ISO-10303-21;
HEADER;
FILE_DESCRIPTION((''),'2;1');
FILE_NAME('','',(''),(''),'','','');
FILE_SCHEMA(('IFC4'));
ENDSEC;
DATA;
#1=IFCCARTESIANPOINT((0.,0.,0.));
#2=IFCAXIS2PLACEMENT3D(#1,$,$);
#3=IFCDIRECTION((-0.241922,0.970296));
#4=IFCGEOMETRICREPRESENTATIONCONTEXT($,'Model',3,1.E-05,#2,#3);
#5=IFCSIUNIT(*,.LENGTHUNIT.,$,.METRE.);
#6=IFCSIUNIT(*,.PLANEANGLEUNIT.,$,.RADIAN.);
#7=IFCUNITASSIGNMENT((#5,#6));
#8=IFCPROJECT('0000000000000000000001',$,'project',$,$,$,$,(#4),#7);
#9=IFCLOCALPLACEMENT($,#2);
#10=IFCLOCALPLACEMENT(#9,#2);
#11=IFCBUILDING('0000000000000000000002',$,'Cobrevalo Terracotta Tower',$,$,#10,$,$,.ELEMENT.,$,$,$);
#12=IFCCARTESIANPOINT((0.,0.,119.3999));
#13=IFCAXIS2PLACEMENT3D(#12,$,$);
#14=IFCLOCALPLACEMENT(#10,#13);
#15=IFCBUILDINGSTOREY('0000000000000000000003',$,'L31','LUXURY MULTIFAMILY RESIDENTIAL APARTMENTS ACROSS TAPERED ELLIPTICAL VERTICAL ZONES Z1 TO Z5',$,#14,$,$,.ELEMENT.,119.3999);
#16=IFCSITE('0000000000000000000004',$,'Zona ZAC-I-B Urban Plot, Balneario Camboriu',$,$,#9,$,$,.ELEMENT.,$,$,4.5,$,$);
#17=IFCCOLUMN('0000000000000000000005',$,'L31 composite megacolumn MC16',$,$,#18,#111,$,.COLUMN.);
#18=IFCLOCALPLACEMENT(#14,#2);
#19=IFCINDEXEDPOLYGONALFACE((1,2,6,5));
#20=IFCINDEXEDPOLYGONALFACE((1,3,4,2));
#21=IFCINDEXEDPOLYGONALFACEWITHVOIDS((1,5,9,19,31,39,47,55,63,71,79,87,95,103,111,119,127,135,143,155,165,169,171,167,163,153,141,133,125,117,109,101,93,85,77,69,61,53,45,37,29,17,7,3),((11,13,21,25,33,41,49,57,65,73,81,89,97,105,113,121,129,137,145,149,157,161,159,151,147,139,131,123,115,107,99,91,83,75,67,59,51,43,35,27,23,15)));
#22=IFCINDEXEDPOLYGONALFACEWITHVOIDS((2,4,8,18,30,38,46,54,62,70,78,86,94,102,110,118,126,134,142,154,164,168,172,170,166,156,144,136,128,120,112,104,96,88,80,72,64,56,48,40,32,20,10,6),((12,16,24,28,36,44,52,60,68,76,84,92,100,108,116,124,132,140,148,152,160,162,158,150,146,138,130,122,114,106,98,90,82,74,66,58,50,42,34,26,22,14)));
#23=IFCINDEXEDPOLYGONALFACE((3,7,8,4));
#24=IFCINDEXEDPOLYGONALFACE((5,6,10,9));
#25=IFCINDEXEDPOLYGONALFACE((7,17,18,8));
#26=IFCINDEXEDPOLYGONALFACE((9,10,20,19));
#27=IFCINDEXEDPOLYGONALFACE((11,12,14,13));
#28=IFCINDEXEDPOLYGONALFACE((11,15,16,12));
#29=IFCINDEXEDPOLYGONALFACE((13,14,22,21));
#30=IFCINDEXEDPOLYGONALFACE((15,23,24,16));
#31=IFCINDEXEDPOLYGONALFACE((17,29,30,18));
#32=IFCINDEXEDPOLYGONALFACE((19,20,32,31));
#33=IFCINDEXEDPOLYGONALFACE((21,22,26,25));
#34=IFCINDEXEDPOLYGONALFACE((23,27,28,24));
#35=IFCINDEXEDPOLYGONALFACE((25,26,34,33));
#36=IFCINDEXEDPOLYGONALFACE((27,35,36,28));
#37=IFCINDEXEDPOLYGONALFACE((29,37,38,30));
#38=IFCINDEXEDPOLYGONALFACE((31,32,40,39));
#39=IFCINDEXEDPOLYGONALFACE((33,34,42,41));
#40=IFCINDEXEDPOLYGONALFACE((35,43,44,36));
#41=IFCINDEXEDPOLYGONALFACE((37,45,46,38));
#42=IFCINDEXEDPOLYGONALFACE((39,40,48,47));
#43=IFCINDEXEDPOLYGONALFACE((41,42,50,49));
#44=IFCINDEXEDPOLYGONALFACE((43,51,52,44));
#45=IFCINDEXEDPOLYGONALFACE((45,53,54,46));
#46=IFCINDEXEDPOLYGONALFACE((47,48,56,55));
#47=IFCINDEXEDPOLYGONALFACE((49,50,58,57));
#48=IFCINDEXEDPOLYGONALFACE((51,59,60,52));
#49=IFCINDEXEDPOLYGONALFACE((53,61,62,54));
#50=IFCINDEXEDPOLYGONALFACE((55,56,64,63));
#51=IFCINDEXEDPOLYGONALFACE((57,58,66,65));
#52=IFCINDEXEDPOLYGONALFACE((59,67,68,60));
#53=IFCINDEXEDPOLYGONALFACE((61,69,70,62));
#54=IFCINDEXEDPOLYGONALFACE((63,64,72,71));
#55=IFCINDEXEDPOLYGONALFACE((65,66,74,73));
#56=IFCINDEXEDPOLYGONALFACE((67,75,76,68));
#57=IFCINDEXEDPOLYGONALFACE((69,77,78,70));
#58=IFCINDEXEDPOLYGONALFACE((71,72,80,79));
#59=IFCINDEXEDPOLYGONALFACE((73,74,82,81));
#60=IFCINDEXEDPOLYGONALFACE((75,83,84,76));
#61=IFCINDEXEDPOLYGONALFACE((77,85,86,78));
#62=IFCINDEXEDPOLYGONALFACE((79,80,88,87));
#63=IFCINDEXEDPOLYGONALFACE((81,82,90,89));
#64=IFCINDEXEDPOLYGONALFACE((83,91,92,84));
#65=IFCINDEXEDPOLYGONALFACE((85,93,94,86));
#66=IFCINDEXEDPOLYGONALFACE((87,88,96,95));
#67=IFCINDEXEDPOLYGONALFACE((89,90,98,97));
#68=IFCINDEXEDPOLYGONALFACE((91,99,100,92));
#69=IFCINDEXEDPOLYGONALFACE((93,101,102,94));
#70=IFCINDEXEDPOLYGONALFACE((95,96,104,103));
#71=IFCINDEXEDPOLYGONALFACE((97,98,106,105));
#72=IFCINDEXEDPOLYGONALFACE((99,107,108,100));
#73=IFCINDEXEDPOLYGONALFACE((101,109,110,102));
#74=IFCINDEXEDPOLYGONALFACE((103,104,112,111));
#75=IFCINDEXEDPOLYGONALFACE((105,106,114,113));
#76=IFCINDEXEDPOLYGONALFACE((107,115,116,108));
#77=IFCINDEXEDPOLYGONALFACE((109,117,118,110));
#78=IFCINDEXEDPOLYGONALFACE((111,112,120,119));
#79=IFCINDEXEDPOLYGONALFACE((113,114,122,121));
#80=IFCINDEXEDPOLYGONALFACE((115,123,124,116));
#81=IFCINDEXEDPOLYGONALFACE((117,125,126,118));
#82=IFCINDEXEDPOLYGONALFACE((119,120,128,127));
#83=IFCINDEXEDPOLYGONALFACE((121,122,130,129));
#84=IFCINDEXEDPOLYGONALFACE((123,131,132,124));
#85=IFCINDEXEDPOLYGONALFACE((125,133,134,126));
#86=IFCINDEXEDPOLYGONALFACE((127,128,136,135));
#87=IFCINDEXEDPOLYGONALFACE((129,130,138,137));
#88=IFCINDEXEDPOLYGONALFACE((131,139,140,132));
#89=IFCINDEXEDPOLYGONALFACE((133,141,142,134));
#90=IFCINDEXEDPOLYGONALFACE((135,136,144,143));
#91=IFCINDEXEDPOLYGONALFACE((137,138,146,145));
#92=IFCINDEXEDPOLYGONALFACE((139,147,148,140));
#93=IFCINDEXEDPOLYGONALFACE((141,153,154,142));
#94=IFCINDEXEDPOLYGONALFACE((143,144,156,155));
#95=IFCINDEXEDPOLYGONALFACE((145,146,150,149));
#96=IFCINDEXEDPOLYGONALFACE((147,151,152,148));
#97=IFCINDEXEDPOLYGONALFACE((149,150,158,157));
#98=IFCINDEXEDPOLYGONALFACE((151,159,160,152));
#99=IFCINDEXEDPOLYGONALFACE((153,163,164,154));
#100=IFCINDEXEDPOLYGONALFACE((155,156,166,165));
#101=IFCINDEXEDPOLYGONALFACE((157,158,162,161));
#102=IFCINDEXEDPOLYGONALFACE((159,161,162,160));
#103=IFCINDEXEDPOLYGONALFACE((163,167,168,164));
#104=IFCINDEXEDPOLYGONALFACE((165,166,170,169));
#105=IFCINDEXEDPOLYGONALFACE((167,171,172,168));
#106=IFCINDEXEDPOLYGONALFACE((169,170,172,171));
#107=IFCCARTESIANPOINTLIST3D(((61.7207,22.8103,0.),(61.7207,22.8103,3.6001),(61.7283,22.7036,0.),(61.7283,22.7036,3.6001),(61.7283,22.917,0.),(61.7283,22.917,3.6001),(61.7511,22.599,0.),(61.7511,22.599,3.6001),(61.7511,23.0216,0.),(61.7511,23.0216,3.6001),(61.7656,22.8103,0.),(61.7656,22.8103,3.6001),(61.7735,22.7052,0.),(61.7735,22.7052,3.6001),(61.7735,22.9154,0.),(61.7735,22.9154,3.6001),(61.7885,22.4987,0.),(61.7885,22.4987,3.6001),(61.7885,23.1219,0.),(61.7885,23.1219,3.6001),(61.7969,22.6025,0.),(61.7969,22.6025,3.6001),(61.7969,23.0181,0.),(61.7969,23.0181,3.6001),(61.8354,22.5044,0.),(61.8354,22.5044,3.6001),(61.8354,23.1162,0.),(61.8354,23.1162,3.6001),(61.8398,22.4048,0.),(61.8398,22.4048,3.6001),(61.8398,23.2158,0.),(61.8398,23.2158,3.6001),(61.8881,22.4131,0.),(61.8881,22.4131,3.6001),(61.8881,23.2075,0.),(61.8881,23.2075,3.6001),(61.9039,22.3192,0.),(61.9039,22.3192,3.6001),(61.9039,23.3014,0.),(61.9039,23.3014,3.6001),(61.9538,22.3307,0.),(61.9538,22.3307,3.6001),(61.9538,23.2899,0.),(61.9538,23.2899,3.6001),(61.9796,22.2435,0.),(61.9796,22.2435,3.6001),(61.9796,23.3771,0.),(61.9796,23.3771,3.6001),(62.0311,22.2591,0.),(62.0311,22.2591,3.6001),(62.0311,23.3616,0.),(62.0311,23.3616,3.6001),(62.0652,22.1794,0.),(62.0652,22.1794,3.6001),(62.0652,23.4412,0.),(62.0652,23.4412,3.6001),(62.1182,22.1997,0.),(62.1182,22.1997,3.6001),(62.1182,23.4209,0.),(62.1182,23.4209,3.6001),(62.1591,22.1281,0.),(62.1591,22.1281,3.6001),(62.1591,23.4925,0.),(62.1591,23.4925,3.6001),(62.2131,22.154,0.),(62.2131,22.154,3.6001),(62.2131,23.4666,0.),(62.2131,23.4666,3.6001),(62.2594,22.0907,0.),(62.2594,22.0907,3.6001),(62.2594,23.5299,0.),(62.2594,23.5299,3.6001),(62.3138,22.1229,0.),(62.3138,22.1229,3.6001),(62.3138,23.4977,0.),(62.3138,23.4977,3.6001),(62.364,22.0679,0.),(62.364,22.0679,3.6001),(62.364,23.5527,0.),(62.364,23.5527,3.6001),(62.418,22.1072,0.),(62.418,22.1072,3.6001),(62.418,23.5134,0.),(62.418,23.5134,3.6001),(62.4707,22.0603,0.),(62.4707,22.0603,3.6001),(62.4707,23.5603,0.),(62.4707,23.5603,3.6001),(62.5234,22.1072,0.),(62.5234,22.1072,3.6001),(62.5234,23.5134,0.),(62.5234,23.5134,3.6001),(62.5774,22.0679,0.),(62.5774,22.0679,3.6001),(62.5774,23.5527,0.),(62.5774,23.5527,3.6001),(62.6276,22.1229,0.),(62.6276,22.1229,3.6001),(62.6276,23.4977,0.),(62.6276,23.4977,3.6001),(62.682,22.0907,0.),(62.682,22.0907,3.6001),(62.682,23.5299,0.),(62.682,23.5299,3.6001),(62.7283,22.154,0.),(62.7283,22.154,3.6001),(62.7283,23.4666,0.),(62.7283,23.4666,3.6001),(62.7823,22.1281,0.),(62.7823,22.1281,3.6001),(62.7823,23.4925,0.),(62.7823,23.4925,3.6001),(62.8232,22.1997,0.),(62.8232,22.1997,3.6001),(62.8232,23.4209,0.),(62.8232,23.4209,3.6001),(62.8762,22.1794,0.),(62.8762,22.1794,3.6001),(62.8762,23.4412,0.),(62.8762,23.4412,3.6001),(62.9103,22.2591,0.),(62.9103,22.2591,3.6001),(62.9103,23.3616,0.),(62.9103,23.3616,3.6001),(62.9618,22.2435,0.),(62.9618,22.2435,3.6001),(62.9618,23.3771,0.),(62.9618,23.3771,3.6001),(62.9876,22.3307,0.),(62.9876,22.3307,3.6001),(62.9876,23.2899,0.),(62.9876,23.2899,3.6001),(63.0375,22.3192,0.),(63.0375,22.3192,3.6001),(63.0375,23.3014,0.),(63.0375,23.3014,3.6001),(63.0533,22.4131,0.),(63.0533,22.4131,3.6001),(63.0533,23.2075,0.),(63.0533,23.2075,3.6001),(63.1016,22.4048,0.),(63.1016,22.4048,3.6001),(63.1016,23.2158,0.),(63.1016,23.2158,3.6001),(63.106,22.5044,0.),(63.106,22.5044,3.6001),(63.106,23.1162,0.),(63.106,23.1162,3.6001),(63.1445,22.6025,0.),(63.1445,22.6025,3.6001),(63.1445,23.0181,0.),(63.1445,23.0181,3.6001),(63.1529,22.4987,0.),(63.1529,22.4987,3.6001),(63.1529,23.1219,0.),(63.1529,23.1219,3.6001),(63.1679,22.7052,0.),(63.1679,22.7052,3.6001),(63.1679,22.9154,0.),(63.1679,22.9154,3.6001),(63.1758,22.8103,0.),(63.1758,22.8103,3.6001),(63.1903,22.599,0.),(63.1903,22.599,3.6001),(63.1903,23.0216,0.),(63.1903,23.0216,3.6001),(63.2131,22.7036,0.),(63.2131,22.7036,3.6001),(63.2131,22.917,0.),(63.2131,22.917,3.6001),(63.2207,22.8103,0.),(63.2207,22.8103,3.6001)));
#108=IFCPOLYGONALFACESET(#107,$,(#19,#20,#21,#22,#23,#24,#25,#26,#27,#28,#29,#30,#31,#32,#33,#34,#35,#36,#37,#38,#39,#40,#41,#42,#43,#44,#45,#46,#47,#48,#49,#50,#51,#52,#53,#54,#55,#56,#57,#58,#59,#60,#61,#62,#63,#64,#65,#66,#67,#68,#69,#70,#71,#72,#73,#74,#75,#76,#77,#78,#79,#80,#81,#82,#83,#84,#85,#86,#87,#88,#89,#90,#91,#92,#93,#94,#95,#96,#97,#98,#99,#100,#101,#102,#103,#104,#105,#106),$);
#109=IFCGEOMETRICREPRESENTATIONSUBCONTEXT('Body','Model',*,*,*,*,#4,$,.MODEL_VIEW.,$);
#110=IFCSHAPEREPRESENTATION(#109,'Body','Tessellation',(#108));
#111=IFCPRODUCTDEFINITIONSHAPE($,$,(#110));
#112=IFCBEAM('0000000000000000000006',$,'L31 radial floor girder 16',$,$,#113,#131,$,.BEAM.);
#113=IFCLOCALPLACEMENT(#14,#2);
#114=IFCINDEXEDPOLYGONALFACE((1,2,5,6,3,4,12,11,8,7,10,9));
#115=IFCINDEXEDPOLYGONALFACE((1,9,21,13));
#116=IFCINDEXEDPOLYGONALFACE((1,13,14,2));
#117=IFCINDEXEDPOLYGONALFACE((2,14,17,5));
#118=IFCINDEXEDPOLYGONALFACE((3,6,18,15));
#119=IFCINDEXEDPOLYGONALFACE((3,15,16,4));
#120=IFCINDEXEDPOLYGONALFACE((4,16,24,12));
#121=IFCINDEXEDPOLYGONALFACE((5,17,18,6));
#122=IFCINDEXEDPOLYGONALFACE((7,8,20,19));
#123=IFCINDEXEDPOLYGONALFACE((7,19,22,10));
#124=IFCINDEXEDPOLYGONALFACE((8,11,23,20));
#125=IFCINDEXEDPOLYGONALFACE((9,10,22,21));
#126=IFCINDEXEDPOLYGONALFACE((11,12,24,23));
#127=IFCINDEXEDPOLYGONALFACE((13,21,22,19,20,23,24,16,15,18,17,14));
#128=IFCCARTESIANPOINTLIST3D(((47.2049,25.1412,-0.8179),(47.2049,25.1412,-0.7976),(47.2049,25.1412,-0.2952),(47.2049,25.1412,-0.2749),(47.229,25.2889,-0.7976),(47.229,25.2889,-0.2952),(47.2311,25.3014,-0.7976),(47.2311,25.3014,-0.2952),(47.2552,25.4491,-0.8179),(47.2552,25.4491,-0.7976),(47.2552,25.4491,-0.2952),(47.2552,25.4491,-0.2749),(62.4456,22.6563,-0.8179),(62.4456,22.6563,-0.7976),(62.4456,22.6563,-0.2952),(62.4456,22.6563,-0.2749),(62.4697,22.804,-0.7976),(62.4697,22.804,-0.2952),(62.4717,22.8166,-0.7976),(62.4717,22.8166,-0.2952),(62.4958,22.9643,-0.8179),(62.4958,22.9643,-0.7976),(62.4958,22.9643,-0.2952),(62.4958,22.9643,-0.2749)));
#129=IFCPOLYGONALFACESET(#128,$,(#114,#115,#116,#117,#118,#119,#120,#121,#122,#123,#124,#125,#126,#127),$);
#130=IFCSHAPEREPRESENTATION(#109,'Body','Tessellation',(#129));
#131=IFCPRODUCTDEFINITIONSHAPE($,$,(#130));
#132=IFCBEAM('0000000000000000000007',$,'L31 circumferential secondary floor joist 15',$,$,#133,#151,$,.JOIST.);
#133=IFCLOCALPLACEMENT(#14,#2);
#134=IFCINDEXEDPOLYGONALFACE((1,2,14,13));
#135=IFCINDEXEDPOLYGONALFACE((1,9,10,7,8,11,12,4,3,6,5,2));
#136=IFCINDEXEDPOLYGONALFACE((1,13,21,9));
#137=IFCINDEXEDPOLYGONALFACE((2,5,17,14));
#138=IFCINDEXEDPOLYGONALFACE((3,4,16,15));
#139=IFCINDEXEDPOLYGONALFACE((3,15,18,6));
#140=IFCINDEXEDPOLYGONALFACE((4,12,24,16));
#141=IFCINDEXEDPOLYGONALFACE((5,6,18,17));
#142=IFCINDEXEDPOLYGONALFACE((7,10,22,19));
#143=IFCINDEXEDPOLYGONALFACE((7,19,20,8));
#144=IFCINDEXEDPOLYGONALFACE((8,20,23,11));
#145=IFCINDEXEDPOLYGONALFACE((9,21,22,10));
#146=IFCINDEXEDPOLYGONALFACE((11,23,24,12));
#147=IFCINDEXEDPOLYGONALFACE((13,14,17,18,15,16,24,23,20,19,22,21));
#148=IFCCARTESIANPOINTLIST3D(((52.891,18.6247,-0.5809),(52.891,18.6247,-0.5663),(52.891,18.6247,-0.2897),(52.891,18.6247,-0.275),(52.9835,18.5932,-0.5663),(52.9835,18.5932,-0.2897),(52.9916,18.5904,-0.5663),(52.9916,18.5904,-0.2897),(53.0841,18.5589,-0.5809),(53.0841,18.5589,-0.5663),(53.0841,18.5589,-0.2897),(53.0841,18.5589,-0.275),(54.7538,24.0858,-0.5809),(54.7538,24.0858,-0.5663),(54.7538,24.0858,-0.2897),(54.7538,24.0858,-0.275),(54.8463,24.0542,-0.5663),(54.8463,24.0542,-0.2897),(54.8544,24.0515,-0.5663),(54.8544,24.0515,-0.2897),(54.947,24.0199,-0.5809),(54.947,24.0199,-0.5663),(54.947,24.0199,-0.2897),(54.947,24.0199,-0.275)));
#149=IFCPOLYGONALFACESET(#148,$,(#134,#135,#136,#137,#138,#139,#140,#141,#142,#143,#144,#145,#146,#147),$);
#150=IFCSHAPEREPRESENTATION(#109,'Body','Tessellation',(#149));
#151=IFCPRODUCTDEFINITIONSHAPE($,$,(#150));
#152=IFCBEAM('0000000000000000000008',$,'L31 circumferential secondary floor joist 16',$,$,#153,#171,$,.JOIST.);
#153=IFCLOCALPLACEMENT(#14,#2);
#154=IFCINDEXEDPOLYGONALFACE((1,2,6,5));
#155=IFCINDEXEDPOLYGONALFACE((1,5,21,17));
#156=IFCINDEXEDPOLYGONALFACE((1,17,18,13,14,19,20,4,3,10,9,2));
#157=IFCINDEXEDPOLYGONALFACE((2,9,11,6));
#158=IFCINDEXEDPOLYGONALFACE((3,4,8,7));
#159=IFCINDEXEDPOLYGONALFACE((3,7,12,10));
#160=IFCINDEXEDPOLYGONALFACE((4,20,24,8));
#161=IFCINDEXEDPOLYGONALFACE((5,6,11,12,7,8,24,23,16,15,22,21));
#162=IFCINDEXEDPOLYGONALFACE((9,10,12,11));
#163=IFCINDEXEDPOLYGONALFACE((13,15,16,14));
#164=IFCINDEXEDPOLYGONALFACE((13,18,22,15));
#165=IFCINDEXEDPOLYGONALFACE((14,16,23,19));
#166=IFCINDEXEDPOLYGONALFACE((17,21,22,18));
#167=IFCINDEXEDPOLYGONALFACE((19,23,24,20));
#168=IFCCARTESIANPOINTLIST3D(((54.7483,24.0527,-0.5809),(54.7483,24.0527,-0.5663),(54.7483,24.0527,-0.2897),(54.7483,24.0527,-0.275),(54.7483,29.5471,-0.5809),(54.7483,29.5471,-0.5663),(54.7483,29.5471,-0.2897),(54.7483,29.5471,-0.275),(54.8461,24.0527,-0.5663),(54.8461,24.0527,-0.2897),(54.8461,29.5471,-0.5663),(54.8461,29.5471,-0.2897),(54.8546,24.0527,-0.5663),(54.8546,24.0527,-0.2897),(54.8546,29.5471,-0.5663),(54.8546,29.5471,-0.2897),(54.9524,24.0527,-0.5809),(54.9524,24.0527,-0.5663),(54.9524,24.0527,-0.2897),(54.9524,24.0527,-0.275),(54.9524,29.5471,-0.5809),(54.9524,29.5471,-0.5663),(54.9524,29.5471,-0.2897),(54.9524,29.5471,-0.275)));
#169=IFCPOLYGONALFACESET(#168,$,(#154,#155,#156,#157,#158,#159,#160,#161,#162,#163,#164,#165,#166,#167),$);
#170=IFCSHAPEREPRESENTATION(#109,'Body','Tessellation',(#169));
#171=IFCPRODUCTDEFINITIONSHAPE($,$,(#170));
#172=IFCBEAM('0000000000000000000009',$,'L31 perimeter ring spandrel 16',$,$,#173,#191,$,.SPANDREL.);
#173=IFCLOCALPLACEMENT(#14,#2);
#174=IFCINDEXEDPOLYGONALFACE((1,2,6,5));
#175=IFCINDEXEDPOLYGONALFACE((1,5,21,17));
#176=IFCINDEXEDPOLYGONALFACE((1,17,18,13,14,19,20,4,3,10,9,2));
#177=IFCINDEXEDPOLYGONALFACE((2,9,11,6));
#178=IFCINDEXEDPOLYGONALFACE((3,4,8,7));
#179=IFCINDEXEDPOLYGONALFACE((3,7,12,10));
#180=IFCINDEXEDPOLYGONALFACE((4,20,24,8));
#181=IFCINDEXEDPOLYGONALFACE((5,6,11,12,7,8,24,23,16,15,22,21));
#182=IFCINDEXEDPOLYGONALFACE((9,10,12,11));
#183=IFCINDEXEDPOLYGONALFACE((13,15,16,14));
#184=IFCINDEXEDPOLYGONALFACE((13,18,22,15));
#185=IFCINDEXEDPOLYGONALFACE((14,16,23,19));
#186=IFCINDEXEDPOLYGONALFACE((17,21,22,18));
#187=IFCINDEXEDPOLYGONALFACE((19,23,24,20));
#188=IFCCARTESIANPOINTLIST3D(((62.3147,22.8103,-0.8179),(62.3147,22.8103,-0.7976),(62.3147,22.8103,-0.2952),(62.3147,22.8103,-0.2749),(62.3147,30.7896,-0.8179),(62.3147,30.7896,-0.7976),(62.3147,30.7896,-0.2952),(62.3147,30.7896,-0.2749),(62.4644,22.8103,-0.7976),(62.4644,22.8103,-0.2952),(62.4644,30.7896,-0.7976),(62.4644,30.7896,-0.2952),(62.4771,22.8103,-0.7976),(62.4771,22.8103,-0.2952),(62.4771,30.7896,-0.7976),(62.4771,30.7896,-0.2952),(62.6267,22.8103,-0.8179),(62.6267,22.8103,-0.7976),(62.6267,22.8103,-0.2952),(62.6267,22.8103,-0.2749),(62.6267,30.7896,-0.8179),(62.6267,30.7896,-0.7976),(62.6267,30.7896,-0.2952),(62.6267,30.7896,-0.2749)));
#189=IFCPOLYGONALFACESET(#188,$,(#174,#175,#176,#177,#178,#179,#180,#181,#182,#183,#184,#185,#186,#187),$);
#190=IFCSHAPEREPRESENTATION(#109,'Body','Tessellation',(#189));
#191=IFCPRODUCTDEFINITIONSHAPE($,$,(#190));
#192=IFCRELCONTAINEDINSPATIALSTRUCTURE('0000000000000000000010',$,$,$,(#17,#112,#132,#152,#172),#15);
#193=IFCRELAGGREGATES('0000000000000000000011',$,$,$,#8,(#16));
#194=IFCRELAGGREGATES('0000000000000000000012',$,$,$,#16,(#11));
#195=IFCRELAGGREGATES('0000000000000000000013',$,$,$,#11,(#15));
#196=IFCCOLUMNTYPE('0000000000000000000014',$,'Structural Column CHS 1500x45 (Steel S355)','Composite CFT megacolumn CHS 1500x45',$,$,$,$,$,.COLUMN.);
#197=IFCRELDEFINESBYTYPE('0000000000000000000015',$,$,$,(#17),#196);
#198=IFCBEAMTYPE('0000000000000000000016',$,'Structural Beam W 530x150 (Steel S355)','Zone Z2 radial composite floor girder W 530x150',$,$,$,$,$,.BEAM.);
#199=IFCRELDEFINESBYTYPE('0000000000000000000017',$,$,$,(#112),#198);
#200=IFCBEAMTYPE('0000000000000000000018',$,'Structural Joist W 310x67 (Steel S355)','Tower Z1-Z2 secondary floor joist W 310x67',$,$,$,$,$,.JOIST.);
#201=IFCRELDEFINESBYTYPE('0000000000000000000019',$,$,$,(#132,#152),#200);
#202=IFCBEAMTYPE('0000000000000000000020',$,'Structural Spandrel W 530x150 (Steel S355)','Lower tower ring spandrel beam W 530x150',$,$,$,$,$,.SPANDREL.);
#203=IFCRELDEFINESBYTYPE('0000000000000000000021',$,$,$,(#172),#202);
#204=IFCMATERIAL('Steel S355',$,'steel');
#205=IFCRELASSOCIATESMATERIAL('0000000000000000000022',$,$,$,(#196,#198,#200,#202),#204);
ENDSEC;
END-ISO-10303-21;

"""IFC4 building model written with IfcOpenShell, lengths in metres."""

from ifc_helpers import new_model, si_unit, direction, frame, origin, origin_2d, place, context, subcontext, project, spatial, hollow_circle, i_section, extrude, material, material_profile, profile_set, type_object, element, save


model = new_model("IFC4")

# Units and contexts
model_context = context("Model", 3, precision=1e-05, world=origin(), true_north=direction((-0.241922, 0.970296)))
body_context = subcontext(model_context, "Body", "Model", "MODEL_VIEW")
ifc_project = project(units=[si_unit("LENGTHUNIT", "METRE"), si_unit("PLANEANGLEUNIT", "RADIAN")], contexts=[model_context])

# Site, building, storey
site_placement = place(None, origin())
site = spatial("IfcSite", under=ifc_project, at=site_placement, Name="Zona ZAC-I-B Urban Plot, Balneario Camboriu", CompositionType="ELEMENT", RefElevation=4.5)
building_placement = place(site_placement, origin())
building = spatial("IfcBuilding", under=site, at=building_placement, Name="Cobrevalo Terracotta Tower", CompositionType="ELEMENT")
storey_placement = place(building_placement, frame((0.0, 0.0, 119.3999)))
storey = spatial("IfcBuildingStorey", under=building, at=storey_placement, Name="L31", Description="LUXURY MULTIFAMILY RESIDENTIAL APARTMENTS ACROSS TAPERED ELLIPTICAL VERTICAL ZONES Z1 TO Z5", CompositionType="ELEMENT", Elevation=119.3999)

# Column
ifc_material_1 = material(Name="Steel S355", Category="steel")
ifc_material_profile_1 = material_profile(ifc_material_1, hollow_circle(Radius=0.75, WallThickness=0.0449, at=origin_2d()), Name="CHS 1500x45")
ifc_profile_set_1 = profile_set([ifc_material_profile_1], Name="Steel S355")
column_type = type_object("IfcColumnType", Name="Structural Column CHS 1500x45 (Steel S355)", Description="Composite CFT megacolumn CHS 1500x45", PredefinedType="COLUMN", material=ifc_profile_set_1)
column_placement = place(storey_placement, frame((62.4707, 22.8103, 0.0), z_axis=(0.0, 0.0, 1.0), x_axis=(1.0, 0.0, 0.0)))
element("IfcColumn", 1, at=column_placement, inside=storey, type_object=column_type, Name="L31 composite megacolumn MC16", PredefinedType="COLUMN", context=body_context, shape_type="SweptSolid", body=[
    extrude(hollow_circle(Radius=0.75, WallThickness=0.0449, at=origin_2d()), origin(), (0.0, 0.0, 1.0), 3.6001),
])

# Beams
ifc_material_profile_2 = material_profile(ifc_material_1, i_section(OverallWidth=0.312, OverallDepth=0.543, WebThickness=0.0127, FlangeThickness=0.0203, at=origin_2d()), Name="W 530x150")
ifc_profile_set_2 = profile_set([ifc_material_profile_2], Name="Steel S355")
beam_type_1 = type_object("IfcBeamType", Name="Structural Beam W 530x150 (Steel S355)", Description="Zone Z2 radial composite floor girder W 530x150", PredefinedType="BEAM", material=ifc_profile_set_2)
beam_1_placement = place(storey_placement, frame((62.4707, 22.8103, -0.5464), z_axis=(-0.986968, 0.160916, 0.0), x_axis=(-0.160916, -0.986968, 0.0)))
element("IfcBeam", 2, at=beam_1_placement, inside=storey, type_object=beam_type_1, Name="L31 radial floor girder 16", PredefinedType="BEAM", context=body_context, shape_type="SweptSolid", body=[
    extrude(i_section(OverallWidth=0.312, OverallDepth=0.543, WebThickness=0.0127, FlangeThickness=0.0203, at=origin_2d()), origin(), (0.0, 0.0, 1.0), 15.4419),
])
ifc_material_profile_3 = material_profile(ifc_material_1, i_section(OverallWidth=0.2041, OverallDepth=0.3059, WebThickness=0.0085, FlangeThickness=0.0146, at=origin_2d()), Name="W 310x67")
ifc_profile_set_3 = profile_set([ifc_material_profile_3], Name="Steel S355")
beam_type_2 = type_object("IfcBeamType", Name="Structural Joist W 310x67 (Steel S355)", Description="Tower Z1-Z2 secondary floor joist W 310x67", PredefinedType="JOIST", material=ifc_profile_set_3)
beam_2_placement = place(storey_placement, frame((52.9875, 18.5918, -0.428), z_axis=(0.322846, 0.946451, 0.0), x_axis=(-0.946451, 0.322846, 0.0)))
element("IfcBeam", 3, at=beam_2_placement, inside=storey, type_object=beam_type_2, Name="L31 circumferential secondary floor joist 15", PredefinedType="JOIST", context=body_context, shape_type="SweptSolid", body=[
    extrude(i_section(OverallWidth=0.2041, OverallDepth=0.3059, WebThickness=0.0085, FlangeThickness=0.0146, at=origin_2d()), origin(), (0.0, 0.0, 1.0), 5.77),
])
beam_3_placement = place(storey_placement, frame((54.8503, 24.0527, -0.428), z_axis=(0.0, 1.0, 0.0), x_axis=(-1.0, 0.0, 0.0)))
element("IfcBeam", 4, at=beam_3_placement, inside=storey, type_object=beam_type_2, Name="L31 circumferential secondary floor joist 16", PredefinedType="JOIST", context=body_context, shape_type="SweptSolid", body=[
    extrude(i_section(OverallWidth=0.2041, OverallDepth=0.3059, WebThickness=0.0085, FlangeThickness=0.0146, at=origin_2d()), origin(), (0.0, 0.0, 1.0), 5.4944),
])
ifc_material_profile_4 = material_profile(ifc_material_1, i_section(OverallWidth=0.312, OverallDepth=0.543, WebThickness=0.0127, FlangeThickness=0.0203, at=origin_2d()), Name="W 530x150")
ifc_profile_set_4 = profile_set([ifc_material_profile_4], Name="Steel S355")
beam_type_3 = type_object("IfcBeamType", Name="Structural Spandrel W 530x150 (Steel S355)", Description="Lower tower ring spandrel beam W 530x150", PredefinedType="SPANDREL", material=ifc_profile_set_4)
beam_4_placement = place(storey_placement, frame((62.4707, 22.8103, -0.5464), z_axis=(0.0, 1.0, 0.0), x_axis=(-1.0, 0.0, 0.0)))
element("IfcBeam", 5, at=beam_4_placement, inside=storey, type_object=beam_type_3, Name="L31 perimeter ring spandrel 16", PredefinedType="SPANDREL", context=body_context, shape_type="SweptSolid", body=[
    extrude(i_section(OverallWidth=0.312, OverallDepth=0.543, WebThickness=0.0127, FlangeThickness=0.0203, at=origin_2d()), origin(), (0.0, 0.0, 1.0), 7.9792),
])

save(model, "model.ifc")
